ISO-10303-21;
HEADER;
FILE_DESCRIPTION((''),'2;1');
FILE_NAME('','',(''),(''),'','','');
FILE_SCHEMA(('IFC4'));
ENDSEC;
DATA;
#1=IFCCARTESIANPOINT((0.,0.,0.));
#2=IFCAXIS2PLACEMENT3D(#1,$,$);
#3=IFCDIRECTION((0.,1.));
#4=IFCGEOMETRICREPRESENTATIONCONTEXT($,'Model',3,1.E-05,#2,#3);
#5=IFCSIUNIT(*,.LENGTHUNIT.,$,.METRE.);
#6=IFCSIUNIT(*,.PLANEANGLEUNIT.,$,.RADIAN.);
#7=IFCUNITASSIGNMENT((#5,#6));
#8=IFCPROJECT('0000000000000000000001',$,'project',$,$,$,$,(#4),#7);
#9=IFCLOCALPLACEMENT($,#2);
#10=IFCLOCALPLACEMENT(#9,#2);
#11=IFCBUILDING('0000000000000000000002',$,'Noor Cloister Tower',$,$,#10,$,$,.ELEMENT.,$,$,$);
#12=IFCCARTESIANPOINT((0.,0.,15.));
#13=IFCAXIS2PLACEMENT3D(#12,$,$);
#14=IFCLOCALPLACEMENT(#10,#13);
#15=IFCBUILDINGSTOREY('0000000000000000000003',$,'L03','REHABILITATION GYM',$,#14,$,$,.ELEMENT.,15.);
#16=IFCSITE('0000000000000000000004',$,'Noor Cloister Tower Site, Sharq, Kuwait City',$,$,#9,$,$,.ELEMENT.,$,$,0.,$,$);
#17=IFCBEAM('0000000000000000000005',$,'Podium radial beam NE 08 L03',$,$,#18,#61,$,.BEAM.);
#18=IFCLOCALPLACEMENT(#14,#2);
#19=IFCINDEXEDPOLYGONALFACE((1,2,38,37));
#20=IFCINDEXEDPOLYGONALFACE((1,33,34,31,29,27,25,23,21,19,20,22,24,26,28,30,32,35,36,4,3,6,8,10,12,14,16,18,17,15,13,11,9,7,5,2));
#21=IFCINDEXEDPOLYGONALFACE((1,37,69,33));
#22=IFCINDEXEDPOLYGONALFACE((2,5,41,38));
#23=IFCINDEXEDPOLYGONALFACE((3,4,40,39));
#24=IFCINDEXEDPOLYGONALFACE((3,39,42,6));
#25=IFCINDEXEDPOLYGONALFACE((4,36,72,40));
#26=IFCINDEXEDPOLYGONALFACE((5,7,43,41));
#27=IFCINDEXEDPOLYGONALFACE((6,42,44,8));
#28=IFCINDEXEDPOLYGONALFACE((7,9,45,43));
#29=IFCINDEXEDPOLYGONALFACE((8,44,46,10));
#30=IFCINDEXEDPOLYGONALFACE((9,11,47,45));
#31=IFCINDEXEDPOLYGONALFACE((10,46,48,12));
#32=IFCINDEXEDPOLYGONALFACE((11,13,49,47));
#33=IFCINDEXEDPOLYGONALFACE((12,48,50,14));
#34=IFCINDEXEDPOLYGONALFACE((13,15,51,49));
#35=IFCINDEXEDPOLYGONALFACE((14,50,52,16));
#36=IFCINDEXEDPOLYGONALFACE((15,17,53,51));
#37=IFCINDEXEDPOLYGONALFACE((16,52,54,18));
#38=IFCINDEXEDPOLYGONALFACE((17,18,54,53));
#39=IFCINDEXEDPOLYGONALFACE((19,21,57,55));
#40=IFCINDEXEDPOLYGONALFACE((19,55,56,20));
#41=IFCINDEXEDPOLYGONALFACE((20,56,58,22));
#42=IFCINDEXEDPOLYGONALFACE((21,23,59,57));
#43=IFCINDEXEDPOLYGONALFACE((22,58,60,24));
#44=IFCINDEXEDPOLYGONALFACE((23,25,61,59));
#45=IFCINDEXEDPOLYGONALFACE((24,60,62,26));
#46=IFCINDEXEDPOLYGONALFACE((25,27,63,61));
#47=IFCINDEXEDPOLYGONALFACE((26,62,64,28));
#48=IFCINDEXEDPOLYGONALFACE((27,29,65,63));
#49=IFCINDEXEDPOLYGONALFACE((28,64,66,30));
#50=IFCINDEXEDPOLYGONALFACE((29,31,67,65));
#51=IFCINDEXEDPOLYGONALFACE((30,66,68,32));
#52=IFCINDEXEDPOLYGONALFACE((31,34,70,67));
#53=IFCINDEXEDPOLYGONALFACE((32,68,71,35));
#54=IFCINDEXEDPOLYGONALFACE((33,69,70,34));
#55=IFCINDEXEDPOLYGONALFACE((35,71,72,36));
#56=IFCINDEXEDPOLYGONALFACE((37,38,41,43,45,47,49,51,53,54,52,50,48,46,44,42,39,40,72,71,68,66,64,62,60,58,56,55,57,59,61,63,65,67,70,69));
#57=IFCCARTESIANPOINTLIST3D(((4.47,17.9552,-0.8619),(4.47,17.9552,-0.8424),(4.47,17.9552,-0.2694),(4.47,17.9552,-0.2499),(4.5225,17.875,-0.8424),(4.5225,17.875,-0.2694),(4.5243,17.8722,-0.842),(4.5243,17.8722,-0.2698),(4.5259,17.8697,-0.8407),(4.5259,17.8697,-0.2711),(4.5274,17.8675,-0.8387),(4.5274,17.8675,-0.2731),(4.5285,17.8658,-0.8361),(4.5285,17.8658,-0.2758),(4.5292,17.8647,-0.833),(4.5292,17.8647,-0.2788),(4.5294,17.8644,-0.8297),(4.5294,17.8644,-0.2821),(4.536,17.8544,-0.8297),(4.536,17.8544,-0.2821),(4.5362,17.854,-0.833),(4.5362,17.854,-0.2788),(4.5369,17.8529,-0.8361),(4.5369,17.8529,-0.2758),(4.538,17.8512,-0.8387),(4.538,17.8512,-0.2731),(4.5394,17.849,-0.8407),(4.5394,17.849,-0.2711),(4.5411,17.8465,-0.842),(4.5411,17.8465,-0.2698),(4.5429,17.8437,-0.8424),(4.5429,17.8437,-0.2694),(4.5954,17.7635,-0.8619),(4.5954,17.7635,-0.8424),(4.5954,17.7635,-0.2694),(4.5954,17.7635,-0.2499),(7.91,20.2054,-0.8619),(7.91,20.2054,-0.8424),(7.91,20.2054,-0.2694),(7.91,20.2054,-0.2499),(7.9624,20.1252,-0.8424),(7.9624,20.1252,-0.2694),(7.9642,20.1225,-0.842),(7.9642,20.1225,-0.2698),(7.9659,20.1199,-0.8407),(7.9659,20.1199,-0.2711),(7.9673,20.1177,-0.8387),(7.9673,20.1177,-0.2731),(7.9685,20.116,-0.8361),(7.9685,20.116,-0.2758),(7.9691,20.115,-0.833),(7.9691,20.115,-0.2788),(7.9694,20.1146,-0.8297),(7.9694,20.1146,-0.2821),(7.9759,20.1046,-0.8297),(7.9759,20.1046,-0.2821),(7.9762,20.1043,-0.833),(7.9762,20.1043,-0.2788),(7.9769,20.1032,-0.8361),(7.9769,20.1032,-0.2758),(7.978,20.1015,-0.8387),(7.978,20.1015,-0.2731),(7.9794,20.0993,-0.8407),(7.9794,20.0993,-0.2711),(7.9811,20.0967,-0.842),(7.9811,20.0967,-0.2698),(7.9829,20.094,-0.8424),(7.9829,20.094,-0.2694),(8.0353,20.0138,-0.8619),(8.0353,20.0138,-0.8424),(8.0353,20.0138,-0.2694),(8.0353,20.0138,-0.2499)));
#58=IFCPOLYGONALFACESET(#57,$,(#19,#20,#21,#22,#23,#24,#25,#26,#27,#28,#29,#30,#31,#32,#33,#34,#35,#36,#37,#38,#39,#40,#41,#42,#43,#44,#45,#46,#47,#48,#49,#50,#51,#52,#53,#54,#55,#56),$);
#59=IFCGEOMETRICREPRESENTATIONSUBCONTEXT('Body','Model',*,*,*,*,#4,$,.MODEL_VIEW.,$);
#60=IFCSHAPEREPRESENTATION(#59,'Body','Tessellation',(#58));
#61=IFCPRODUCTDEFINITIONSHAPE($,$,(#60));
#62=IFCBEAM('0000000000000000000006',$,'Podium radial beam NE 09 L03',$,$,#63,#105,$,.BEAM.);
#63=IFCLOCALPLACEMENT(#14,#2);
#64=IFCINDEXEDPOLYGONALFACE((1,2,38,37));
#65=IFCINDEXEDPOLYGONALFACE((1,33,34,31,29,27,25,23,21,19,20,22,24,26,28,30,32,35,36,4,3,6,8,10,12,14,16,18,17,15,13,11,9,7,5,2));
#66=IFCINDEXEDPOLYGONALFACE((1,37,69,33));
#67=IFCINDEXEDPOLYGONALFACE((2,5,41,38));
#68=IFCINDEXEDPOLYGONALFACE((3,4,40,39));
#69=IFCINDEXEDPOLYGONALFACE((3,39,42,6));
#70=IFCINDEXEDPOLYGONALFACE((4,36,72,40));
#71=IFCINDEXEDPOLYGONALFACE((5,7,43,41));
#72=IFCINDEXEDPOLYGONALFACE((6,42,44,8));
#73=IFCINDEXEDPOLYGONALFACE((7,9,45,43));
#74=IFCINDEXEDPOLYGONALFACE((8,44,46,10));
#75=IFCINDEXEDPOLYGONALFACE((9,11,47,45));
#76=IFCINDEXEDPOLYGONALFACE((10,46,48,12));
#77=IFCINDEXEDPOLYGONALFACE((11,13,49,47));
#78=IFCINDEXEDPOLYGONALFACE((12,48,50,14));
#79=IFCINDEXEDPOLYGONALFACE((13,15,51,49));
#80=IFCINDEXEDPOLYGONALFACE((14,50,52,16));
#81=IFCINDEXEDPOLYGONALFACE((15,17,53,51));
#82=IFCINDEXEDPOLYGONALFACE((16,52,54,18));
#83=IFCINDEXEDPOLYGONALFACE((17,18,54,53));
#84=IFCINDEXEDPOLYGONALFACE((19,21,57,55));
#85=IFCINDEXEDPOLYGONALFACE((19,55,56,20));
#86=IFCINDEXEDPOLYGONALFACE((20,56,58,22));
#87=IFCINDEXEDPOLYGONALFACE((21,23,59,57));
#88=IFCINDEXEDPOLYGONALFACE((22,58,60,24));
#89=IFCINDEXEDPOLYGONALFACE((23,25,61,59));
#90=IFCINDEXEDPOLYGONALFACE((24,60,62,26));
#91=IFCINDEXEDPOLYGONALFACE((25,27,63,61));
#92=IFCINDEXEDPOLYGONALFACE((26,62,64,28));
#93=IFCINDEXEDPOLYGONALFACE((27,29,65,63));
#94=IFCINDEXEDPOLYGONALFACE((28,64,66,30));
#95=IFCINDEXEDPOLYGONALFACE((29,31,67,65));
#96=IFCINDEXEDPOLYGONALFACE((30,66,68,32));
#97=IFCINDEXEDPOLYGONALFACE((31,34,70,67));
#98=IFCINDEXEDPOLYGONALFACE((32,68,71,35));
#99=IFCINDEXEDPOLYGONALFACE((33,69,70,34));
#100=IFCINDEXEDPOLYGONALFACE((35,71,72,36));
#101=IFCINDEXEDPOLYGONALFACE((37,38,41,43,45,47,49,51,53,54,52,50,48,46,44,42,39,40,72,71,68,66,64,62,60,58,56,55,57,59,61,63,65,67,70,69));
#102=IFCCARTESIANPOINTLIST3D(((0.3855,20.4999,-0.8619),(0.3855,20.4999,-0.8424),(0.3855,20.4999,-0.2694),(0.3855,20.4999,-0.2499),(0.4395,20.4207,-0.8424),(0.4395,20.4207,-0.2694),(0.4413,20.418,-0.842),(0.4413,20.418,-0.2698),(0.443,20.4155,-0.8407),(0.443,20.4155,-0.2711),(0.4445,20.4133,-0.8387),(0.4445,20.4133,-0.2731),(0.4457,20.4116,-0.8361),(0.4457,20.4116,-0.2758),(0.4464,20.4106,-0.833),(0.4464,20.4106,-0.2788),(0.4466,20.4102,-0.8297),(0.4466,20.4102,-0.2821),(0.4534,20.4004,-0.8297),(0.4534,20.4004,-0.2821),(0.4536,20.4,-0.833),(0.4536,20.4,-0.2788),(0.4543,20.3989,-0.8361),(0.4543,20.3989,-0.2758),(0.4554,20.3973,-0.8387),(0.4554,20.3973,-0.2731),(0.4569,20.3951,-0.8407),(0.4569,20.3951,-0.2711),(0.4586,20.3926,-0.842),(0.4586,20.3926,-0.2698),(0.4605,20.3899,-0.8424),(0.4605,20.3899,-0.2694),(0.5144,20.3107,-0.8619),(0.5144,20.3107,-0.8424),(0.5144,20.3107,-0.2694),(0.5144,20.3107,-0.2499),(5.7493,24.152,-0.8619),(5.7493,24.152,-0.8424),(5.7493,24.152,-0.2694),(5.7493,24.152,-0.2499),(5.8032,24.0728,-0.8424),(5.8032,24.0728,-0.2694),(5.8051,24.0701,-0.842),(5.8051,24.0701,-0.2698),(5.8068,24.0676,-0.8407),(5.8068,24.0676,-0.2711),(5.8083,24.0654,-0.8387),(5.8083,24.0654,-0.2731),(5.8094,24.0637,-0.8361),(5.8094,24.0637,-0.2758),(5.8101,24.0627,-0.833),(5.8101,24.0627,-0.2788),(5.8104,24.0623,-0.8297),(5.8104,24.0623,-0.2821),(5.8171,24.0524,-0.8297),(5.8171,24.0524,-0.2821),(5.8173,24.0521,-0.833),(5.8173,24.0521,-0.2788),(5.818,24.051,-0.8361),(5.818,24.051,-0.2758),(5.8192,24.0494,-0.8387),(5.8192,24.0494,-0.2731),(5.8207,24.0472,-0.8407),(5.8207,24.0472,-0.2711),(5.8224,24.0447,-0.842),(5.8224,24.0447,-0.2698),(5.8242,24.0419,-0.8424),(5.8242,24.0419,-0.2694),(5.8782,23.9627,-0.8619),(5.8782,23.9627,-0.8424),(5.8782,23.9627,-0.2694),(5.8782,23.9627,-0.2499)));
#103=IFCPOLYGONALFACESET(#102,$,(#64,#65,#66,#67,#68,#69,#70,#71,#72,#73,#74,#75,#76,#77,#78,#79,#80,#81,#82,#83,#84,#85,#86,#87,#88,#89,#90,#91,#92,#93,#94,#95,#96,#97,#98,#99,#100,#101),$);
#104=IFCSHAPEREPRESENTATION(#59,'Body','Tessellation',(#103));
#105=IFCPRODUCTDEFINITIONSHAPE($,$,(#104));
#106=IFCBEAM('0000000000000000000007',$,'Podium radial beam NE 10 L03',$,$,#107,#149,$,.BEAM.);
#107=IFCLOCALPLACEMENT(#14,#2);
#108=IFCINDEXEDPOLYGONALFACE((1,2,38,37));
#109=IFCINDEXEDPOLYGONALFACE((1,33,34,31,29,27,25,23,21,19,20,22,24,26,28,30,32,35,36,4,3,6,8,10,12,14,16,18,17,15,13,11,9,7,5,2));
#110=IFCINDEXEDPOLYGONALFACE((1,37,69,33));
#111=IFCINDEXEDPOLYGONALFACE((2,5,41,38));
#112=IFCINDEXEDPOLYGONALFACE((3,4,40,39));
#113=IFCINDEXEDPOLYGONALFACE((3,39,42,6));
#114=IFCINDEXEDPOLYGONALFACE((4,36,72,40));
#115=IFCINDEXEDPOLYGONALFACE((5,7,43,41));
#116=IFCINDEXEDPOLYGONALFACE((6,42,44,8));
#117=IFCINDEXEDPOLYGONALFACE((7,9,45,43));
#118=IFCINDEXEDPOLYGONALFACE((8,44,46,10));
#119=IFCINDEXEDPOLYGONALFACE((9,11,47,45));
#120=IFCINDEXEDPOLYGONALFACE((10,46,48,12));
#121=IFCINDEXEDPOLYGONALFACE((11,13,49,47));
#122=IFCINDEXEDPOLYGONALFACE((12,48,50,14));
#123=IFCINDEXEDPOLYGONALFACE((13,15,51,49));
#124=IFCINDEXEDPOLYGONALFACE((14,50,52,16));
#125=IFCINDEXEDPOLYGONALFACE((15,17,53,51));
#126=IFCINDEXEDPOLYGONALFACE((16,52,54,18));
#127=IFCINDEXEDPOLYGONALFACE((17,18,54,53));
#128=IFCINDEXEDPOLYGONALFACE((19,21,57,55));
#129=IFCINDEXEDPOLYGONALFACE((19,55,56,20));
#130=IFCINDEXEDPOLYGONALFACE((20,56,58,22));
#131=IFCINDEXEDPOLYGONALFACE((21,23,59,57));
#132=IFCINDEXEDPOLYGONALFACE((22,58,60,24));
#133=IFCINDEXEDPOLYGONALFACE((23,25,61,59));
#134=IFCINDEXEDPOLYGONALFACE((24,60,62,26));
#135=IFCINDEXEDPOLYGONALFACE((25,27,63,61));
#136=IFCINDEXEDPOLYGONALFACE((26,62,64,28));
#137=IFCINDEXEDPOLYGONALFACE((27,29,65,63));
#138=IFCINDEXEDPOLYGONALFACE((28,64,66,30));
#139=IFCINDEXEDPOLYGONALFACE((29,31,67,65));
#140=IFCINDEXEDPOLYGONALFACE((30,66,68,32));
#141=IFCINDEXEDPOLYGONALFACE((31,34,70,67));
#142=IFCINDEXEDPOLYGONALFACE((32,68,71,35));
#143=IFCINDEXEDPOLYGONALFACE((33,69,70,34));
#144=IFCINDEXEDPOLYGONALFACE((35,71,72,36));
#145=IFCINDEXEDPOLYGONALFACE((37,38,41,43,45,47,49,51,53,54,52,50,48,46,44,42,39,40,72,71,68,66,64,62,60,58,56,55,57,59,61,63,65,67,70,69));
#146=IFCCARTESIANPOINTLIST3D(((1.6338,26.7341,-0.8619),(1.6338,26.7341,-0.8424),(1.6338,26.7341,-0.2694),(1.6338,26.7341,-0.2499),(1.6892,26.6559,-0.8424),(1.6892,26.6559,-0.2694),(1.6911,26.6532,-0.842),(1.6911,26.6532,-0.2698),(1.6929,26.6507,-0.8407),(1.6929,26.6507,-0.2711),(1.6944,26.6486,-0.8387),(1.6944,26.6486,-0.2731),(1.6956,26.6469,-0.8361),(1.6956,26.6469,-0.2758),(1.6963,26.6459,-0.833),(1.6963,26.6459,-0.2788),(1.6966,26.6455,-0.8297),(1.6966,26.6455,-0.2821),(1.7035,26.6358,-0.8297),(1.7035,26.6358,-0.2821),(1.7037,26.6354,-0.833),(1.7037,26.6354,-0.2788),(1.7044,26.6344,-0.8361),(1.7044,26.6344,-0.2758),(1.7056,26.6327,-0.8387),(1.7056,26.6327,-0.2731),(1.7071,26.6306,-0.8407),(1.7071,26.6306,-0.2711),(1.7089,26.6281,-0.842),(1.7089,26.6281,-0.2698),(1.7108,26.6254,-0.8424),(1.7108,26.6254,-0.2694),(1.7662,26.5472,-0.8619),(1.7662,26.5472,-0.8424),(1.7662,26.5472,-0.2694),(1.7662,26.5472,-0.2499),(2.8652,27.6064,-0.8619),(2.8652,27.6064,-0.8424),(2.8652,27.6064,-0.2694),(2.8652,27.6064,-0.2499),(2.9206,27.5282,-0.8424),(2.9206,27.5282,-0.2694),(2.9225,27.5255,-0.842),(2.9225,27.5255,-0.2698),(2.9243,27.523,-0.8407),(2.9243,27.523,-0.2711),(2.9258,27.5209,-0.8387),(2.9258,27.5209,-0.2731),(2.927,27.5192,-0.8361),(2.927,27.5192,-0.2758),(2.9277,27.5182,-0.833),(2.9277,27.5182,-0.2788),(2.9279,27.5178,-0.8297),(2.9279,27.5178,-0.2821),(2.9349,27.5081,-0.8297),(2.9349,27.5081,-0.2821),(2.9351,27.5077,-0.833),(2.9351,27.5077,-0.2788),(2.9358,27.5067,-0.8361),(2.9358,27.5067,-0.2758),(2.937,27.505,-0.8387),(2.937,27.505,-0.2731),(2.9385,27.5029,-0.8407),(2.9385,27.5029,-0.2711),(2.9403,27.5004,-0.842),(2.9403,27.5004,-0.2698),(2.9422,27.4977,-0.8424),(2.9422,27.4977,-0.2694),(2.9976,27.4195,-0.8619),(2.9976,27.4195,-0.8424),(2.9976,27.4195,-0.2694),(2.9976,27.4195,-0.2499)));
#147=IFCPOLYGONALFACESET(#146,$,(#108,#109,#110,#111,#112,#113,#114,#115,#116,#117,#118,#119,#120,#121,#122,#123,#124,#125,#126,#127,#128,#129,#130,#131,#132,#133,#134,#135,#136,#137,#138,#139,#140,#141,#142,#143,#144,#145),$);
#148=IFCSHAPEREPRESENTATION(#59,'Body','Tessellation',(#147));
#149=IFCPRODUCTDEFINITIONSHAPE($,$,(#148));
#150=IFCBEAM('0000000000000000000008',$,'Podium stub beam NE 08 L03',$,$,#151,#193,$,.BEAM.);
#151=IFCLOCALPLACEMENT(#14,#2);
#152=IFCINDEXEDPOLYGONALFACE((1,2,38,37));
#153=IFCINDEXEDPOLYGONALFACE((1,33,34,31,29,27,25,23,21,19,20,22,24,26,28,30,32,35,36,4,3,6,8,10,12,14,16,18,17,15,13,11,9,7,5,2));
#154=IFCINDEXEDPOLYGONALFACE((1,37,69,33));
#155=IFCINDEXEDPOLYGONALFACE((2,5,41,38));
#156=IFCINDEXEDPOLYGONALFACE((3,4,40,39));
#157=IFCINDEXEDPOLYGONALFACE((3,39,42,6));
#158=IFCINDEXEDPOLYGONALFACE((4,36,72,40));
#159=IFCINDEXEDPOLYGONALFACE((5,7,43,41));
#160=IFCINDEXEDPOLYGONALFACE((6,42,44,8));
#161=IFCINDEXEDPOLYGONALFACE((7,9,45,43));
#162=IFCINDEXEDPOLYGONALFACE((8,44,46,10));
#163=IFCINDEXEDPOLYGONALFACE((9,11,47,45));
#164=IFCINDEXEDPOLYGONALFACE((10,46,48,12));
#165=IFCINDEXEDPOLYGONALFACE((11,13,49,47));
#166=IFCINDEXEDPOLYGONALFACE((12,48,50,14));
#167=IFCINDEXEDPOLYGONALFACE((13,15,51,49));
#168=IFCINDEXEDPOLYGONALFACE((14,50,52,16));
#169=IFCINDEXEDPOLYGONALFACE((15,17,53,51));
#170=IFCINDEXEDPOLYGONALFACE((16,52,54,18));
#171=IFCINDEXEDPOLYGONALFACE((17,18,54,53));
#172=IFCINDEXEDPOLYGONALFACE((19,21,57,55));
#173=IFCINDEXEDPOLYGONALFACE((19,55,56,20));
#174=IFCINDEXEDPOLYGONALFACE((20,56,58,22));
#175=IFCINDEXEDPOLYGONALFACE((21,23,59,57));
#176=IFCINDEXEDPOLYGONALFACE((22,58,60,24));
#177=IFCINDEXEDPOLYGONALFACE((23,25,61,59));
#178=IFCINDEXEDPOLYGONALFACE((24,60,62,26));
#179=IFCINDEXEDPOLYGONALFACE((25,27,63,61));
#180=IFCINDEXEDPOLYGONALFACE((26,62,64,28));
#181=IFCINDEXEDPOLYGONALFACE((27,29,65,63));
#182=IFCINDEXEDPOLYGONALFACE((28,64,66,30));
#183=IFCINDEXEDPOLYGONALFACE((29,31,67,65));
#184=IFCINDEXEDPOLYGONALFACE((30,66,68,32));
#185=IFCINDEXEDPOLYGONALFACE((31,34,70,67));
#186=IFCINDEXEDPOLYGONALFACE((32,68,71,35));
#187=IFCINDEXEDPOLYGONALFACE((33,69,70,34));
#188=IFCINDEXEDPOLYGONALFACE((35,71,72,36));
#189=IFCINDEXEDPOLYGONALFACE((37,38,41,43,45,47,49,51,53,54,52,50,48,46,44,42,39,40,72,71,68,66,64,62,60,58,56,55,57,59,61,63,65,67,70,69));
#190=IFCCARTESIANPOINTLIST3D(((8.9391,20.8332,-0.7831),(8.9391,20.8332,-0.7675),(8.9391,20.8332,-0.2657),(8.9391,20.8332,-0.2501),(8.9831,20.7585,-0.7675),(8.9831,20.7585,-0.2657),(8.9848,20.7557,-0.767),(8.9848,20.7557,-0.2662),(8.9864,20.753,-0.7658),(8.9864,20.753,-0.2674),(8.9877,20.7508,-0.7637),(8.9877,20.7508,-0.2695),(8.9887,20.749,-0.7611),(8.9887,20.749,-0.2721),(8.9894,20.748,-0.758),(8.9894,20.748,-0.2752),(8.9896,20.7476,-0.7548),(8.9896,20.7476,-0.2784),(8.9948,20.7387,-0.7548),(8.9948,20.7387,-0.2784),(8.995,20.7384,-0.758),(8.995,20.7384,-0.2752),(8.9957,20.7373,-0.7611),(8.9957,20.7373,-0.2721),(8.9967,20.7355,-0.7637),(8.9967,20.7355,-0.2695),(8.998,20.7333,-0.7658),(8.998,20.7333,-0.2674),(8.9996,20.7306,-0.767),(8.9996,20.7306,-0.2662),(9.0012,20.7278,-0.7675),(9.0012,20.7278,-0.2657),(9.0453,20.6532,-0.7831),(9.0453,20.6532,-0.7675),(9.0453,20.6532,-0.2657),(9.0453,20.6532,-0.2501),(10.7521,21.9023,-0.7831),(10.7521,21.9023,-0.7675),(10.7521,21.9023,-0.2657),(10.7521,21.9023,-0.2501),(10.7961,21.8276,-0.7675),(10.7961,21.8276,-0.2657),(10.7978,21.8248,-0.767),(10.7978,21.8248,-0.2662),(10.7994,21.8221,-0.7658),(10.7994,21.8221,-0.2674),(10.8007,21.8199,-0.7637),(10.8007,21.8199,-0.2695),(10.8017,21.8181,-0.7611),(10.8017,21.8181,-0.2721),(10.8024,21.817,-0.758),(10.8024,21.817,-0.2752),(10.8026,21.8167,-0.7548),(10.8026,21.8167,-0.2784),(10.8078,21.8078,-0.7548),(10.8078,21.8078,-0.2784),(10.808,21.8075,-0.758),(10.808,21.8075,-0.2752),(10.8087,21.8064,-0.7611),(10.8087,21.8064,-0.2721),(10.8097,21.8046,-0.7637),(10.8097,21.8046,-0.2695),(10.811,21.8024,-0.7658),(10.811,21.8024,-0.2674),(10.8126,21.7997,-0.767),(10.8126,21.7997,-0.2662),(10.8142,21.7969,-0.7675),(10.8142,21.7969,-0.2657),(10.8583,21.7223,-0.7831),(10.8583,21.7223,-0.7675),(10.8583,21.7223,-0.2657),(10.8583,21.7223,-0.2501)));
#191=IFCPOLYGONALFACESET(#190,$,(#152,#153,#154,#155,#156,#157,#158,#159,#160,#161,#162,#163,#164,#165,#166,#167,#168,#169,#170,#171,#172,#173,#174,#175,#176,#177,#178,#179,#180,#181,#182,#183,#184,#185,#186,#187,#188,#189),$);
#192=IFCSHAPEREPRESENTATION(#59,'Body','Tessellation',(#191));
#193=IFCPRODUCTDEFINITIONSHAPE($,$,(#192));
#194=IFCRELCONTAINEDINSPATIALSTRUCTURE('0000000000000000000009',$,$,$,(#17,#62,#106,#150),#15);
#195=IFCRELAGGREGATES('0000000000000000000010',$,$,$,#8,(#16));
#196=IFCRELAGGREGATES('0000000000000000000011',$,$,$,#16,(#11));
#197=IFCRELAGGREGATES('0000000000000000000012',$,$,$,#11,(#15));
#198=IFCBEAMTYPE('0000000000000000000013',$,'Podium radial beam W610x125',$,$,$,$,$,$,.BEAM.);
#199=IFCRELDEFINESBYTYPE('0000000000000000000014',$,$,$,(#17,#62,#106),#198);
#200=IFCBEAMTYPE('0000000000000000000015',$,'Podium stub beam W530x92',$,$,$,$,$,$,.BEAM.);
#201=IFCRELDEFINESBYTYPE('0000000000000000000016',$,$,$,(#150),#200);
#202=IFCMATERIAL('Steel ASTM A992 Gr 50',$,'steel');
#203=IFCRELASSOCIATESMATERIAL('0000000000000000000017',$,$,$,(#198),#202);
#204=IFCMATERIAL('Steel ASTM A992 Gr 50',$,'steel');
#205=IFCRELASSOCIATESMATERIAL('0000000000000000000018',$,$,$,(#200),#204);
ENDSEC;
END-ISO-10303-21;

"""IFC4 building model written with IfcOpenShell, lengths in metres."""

from ifc_helpers import new_model, si_unit, direction, frame, origin, origin_2d, place, context, subcontext, project, spatial, i_section, extrude, material, material_profile, profile_set, type_object, element, save


model = new_model("IFC4")

# Units and contexts
model_context = context("Model", 3, precision=1e-05, world=origin(), true_north=direction((0.0, 1.0)))
body_context = subcontext(model_context, "Body", "Model", "MODEL_VIEW")
ifc_project = project(units=[si_unit("LENGTHUNIT", "METRE"), si_unit("PLANEANGLEUNIT", "RADIAN")], contexts=[model_context])

# Site, building, storey
site_placement = place(None, origin())
site = spatial("IfcSite", under=ifc_project, at=site_placement, Name="Noor Cloister Tower Site, Sharq, Kuwait City", CompositionType="ELEMENT", RefElevation=0.0)
building_placement = place(site_placement, origin())
building = spatial("IfcBuilding", under=site, at=building_placement, Name="Noor Cloister Tower", CompositionType="ELEMENT")
storey_placement = place(building_placement, frame((0.0, 0.0, 15.0)))
storey = spatial("IfcBuildingStorey", under=building, at=storey_placement, Name="L03", Description="REHABILITATION GYM", CompositionType="ELEMENT", Elevation=15.0)

# Beams
ifc_material_1 = material(Name="Steel ASTM A992 Gr 50", Category="steel")
ifc_material_profile_1 = material_profile(ifc_material_1, i_section(OverallWidth=0.229, OverallDepth=0.6121, WebThickness=0.012, FlangeThickness=0.0195, FilletRadius=0.0127, at=origin_2d()), Name="W610x125")
ifc_profile_set_1 = profile_set([ifc_material_profile_1], Name="Steel ASTM A992 Gr 50")
beam_type_1 = type_object("IfcBeamType", Name="Podium radial beam W610x125", PredefinedType="BEAM", material=ifc_profile_set_1)
beam_1_placement = place(storey_placement, frame((7.9727, 20.1096, -0.5559), z_axis=(-0.836852, -0.547429, 0.0), x_axis=(0.547429, -0.836852, 0.0)))
element("IfcBeam", 1, at=beam_1_placement, inside=storey, type_object=beam_type_1, Name="Podium radial beam NE 08 L03", PredefinedType="BEAM", context=body_context, shape_type="SweptSolid", body=[
    extrude(i_section(OverallWidth=0.229, OverallDepth=0.6121, WebThickness=0.012, FlangeThickness=0.0195, FilletRadius=0.0127, at=origin_2d()), origin(), (0.0, 0.0, 1.0), 4.1106),
])
beam_2_placement = place(storey_placement, frame((5.8137, 24.0574, -0.5559), z_axis=(-0.826587, -0.562809, 0.0), x_axis=(0.562809, -0.826587, 0.0)))
element("IfcBeam", 2, at=beam_2_placement, inside=storey, type_object=beam_type_1, Name="Podium radial beam NE 09 L03", PredefinedType="BEAM", context=body_context, shape_type="SweptSolid", body=[
    extrude(i_section(OverallWidth=0.229, OverallDepth=0.6121, WebThickness=0.012, FlangeThickness=0.0195, FilletRadius=0.0127, at=origin_2d()), origin(), (0.0, 0.0, 1.0), 6.489),
])
beam_3_placement = place(storey_placement, frame((2.9314, 27.5129, -0.5559), z_axis=(-0.816012, -0.578035, 0.0), x_axis=(0.578035, -0.816012, 0.0)))
element("IfcBeam", 3, at=beam_3_placement, inside=storey, type_object=beam_type_1, Name="Podium radial beam NE 10 L03", PredefinedType="BEAM", context=body_context, shape_type="SweptSolid", body=[
    extrude(i_section(OverallWidth=0.229, OverallDepth=0.6121, WebThickness=0.012, FlangeThickness=0.0195, FilletRadius=0.0127, at=origin_2d()), origin(), (0.0, 0.0, 1.0), 1.509),
])
ifc_material_2 = material(Name="Steel ASTM A992 Gr 50", Category="steel")
ifc_material_profile_2 = material_profile(ifc_material_2, i_section(OverallWidth=0.209, OverallDepth=0.533, WebThickness=0.0103, FlangeThickness=0.0156, FilletRadius=0.0127, at=origin_2d()), Name="W530x92")
ifc_profile_set_2 = profile_set([ifc_material_profile_2], Name="Steel ASTM A992 Gr 50")
beam_type_2 = type_object("IfcBeamType", Name="Podium stub beam W530x92", PredefinedType="BEAM", material=ifc_profile_set_2)
beam_4_placement = place(storey_placement, frame((8.9922, 20.7432, -0.5166), z_axis=(0.861388, 0.507948, 0.0), x_axis=(-0.507948, 0.861388, 0.0)))
element("IfcBeam", 4, at=beam_4_placement, inside=storey, type_object=beam_type_2, Name="Podium stub beam NE 08 L03", PredefinedType="BEAM", context=body_context, shape_type="SweptSolid", body=[
    extrude(i_section(OverallWidth=0.209, OverallDepth=0.533, WebThickness=0.0103, FlangeThickness=0.0156, FilletRadius=0.0127, at=origin_2d()), origin(), (0.0, 0.0, 1.0), 2.1047),
])

save(model, "model.ifc")
